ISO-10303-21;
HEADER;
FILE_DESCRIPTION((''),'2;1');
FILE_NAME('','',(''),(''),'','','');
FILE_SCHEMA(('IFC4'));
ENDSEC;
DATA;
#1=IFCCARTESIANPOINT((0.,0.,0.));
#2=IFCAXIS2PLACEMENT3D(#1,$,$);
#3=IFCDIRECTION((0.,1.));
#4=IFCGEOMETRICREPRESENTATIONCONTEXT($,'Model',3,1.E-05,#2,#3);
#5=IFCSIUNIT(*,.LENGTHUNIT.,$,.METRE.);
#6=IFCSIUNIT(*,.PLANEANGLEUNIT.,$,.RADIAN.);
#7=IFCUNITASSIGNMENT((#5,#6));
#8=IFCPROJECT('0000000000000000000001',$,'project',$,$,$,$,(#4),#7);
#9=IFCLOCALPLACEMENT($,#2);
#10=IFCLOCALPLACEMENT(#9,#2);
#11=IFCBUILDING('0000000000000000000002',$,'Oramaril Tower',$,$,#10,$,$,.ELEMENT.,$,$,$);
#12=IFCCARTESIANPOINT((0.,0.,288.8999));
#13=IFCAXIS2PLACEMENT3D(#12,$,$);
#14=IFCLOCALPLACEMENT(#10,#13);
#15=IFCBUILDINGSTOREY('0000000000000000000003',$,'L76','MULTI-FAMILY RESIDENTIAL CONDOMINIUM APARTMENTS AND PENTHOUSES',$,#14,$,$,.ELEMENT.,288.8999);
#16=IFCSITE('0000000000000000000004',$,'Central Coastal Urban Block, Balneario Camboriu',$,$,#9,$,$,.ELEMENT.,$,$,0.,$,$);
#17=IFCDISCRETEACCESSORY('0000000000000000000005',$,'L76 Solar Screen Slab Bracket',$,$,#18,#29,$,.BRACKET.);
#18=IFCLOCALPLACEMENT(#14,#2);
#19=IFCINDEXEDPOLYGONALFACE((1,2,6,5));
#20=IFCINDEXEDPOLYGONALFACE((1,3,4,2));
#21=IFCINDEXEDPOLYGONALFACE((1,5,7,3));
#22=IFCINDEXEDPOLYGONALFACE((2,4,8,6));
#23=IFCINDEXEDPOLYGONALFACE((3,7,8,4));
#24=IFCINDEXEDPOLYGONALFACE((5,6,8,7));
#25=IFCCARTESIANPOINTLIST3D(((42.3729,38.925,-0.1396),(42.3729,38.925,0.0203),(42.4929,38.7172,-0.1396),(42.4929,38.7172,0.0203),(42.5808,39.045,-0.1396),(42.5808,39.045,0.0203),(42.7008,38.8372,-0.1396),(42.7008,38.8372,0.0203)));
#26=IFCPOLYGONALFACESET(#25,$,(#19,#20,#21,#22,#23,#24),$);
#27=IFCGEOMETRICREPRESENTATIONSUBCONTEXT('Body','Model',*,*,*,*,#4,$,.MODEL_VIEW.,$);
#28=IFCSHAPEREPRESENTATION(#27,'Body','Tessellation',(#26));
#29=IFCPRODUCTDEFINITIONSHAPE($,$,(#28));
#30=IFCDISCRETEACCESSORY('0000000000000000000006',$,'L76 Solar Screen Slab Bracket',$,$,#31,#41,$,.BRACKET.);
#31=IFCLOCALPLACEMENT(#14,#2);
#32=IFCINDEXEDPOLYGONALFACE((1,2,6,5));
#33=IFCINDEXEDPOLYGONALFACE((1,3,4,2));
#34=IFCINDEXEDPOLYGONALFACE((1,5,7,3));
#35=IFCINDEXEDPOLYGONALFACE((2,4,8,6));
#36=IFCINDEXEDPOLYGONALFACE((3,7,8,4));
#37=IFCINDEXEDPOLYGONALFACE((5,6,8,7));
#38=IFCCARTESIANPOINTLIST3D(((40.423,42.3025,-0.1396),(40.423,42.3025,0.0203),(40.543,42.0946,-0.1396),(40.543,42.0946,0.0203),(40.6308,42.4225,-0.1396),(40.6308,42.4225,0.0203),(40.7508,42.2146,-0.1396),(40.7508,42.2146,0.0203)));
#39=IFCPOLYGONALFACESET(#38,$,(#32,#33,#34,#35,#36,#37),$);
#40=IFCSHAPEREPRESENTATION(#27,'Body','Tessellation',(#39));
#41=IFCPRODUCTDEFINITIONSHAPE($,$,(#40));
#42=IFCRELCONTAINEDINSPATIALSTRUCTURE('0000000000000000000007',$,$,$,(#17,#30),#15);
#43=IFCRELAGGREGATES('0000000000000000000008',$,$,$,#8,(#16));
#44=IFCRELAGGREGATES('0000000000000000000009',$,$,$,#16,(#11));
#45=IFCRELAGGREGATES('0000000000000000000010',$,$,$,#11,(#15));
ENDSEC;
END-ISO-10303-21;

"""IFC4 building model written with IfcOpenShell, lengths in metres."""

from ifc_helpers import new_model, si_unit, direction, frame, origin, origin_2d, place, context, subcontext, project, spatial, rectangle, extrude, element, save


model = new_model("IFC4")

# Units and contexts
model_context = context("Model", 3, precision=1e-05, world=origin(), true_north=direction((0.0, 1.0)))
body_context = subcontext(model_context, "Body", "Model", "MODEL_VIEW")
ifc_project = project(units=[si_unit("LENGTHUNIT", "METRE"), si_unit("PLANEANGLEUNIT", "RADIAN")], contexts=[model_context])

# Site, building, storey
site_placement = place(None, origin())
site = spatial("IfcSite", under=ifc_project, at=site_placement, Name="Central Coastal Urban Block, Balneario Camboriu", CompositionType="ELEMENT", RefElevation=0.0)
building_placement = place(site_placement, origin())
building = spatial("IfcBuilding", under=site, at=building_placement, Name="Oramaril Tower", CompositionType="ELEMENT")
storey_placement = place(building_placement, frame((0.0, 0.0, 288.8999)))
storey = spatial("IfcBuildingStorey", under=building, at=storey_placement, Name="L76", Description="MULTI-FAMILY RESIDENTIAL CONDOMINIUM APARTMENTS AND PENTHOUSES", CompositionType="ELEMENT", Elevation=288.8999)

# Discrete accessories
for number, where, z_axis, x_axis, name in (
    (1, (42.5369, 38.8811, -0.1396), (0.0, 0.0, 1.0), (-0.499997, 0.866027, 0.0), "L76 Solar Screen Slab Bracket"),
    (2, (40.5869, 42.2585, -0.1396), (0.0, 0.0, 1.0), (-0.499997, 0.866027, 0.0), "L76 Solar Screen Slab Bracket"),
):
    element("IfcDiscreteAccessory", number, at=place(storey_placement, frame(where, z_axis=z_axis, x_axis=x_axis)), inside=storey, Name=name, PredefinedType="BRACKET", context=body_context, shape_type="SweptSolid", body=[
        extrude(rectangle(XDim=0.24, YDim=0.24, at=origin_2d()), origin(), (0.0, 0.0, 1.0), 0.1599),
    ])

save(model, "model.ifc")
